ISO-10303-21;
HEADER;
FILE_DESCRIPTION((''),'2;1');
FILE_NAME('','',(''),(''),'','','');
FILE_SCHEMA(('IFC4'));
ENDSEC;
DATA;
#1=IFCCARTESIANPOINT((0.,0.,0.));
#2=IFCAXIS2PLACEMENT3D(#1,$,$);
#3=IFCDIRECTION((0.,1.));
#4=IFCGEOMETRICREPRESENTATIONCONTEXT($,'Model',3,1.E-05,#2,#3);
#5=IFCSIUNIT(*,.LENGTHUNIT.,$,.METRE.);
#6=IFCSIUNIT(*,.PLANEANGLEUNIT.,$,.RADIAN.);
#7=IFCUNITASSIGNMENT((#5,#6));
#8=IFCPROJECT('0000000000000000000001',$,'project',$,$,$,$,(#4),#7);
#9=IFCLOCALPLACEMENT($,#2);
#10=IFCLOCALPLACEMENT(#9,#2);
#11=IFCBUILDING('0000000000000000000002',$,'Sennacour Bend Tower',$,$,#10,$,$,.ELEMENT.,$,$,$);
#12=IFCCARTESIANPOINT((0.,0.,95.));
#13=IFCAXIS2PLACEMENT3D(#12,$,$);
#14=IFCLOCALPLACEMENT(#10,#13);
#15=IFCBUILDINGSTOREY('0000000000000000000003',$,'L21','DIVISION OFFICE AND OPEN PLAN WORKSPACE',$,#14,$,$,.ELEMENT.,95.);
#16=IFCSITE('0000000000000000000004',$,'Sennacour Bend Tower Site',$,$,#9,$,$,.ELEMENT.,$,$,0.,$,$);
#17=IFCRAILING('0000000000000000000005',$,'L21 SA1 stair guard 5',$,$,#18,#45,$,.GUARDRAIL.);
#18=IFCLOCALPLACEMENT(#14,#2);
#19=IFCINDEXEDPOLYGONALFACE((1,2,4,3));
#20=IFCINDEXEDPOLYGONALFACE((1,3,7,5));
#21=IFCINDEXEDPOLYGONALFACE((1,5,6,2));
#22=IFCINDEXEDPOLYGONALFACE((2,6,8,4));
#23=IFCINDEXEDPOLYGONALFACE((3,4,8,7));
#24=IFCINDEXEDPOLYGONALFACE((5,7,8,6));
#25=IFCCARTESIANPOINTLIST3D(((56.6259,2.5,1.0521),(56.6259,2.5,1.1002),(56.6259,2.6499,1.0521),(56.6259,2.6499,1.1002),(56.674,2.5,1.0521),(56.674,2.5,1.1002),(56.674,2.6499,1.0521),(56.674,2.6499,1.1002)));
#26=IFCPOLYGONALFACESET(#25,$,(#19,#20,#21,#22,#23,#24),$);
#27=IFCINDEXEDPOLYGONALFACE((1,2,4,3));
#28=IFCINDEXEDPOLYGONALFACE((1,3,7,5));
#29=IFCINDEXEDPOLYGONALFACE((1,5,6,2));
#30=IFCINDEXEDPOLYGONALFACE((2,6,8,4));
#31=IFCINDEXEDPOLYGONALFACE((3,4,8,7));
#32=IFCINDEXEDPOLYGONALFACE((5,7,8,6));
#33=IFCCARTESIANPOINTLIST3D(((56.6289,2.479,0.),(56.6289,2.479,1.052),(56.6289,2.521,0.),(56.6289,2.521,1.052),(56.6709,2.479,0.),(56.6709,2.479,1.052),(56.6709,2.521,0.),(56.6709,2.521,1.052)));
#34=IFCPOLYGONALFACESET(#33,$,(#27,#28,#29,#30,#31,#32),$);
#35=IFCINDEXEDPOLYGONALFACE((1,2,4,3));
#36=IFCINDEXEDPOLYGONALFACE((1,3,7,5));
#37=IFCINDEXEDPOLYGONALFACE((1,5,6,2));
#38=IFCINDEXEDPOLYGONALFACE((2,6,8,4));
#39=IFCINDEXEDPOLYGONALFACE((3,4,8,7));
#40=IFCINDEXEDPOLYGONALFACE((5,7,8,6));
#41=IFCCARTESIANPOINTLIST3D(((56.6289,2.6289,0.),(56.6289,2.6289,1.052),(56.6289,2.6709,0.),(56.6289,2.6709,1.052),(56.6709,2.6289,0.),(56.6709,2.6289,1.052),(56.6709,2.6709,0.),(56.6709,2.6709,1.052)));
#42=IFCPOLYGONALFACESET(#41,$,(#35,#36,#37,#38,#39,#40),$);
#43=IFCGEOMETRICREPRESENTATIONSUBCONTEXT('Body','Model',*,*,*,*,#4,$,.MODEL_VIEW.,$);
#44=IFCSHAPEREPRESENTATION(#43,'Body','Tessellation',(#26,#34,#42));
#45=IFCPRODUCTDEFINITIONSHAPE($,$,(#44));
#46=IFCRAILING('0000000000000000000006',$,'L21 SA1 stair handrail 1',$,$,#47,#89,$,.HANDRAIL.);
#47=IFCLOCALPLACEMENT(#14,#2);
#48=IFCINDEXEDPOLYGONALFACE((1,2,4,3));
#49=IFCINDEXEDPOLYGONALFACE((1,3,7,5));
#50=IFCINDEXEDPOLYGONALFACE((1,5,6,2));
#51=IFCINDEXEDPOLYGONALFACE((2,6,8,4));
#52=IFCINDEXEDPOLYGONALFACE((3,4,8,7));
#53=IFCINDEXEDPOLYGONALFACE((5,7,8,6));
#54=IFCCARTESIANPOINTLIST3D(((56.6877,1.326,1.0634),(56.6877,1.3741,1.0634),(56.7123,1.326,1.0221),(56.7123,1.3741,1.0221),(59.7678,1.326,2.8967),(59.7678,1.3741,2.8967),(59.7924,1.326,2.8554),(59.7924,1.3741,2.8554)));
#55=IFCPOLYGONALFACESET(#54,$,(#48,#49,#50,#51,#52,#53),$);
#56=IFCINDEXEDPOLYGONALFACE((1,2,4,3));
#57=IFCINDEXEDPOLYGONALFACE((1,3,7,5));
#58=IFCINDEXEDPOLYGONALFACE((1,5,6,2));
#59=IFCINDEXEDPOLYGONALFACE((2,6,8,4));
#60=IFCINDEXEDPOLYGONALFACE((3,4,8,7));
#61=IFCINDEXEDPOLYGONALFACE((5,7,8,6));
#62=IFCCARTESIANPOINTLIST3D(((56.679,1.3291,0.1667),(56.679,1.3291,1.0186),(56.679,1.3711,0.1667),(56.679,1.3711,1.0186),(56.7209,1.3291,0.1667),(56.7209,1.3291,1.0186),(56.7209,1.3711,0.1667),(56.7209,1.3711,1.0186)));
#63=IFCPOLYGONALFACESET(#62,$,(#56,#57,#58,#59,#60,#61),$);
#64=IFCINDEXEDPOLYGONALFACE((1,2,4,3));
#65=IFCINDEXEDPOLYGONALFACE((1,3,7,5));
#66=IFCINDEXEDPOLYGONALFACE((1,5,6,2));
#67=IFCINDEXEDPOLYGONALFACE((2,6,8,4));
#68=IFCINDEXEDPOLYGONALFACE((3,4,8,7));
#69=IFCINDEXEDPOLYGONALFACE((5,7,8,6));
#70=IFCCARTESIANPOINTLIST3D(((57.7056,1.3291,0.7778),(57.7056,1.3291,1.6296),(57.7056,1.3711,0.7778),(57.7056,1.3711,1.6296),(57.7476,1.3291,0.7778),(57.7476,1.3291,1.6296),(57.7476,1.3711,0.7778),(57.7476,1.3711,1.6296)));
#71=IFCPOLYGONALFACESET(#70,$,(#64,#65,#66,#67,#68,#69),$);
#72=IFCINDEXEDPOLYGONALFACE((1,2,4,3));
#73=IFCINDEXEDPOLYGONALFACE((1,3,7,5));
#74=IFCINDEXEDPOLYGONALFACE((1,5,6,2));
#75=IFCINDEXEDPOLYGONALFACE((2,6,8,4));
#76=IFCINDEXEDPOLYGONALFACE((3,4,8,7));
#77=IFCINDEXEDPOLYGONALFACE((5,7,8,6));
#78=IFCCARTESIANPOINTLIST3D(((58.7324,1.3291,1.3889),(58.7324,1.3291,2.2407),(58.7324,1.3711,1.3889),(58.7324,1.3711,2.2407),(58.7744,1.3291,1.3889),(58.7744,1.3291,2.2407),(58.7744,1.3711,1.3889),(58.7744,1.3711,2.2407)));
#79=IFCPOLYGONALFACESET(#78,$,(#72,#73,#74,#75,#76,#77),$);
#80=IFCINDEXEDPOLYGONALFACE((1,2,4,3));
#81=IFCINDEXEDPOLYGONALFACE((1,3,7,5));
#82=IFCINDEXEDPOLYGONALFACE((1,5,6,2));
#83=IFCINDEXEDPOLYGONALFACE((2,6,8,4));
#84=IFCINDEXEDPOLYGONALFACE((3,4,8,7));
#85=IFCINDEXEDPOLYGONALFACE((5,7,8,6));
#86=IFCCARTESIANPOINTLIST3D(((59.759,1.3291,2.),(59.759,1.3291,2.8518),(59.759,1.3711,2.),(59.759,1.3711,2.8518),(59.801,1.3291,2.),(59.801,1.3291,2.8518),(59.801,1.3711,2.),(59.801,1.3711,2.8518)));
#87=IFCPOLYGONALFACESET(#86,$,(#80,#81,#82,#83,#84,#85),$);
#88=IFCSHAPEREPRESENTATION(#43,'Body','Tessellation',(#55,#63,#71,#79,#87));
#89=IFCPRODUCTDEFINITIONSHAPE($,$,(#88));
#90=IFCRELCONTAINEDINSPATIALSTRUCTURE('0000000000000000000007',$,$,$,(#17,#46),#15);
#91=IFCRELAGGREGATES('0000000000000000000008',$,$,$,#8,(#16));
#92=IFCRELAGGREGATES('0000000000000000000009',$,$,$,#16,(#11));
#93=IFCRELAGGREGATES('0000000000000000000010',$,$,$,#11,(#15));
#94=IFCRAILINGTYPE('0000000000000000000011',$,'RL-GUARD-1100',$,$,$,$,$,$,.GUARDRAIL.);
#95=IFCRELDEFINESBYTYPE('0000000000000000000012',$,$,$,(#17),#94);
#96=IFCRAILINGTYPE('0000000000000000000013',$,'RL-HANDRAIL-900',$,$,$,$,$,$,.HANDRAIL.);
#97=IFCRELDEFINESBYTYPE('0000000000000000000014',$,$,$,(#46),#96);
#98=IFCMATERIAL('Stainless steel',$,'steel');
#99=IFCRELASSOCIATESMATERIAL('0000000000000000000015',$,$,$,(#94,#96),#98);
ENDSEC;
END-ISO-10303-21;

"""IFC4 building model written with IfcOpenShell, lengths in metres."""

from ifc_helpers import new_model, si_unit, direction, frame, origin, origin_2d, place, context, subcontext, project, spatial, rectangle, extrude, material, type_object, element, save


model = new_model("IFC4")

# Units and contexts
model_context = context("Model", 3, precision=1e-05, world=origin(), true_north=direction((0.0, 1.0)))
body_context = subcontext(model_context, "Body", "Model", "MODEL_VIEW")
ifc_project = project(units=[si_unit("LENGTHUNIT", "METRE"), si_unit("PLANEANGLEUNIT", "RADIAN")], contexts=[model_context])

# Site, building, storey
site_placement = place(None, origin())
site = spatial("IfcSite", under=ifc_project, at=site_placement, Name="Sennacour Bend Tower Site", CompositionType="ELEMENT", RefElevation=0.0)
building_placement = place(site_placement, origin())
building = spatial("IfcBuilding", under=site, at=building_placement, Name="Sennacour Bend Tower", CompositionType="ELEMENT")
storey_placement = place(building_placement, frame((0.0, 0.0, 95.0)))
storey = spatial("IfcBuildingStorey", under=building, at=storey_placement, Name="L21", Description="DIVISION OFFICE AND OPEN PLAN WORKSPACE", CompositionType="ELEMENT", Elevation=95.0)

# Shared definitions
ifc_material_1 = material(Name="Stainless steel", Category="steel")

# Railings
railing_type_1 = type_object("IfcRailingType", Name="RL-GUARD-1100", PredefinedType="GUARDRAIL", material=ifc_material_1)
railing_1_placement = place(storey_placement, frame((56.6499, 2.5, 0.0)))
element("IfcRailing", 1, at=railing_1_placement, inside=storey, type_object=railing_type_1, Name="L21 SA1 stair guard 5", PredefinedType="GUARDRAIL", context=body_context, shape_type="SweptSolid", body=[
    extrude(rectangle(XDim=0.0481, YDim=0.0481, at=origin_2d()), frame((0.0, 0.0, 1.0762), z_axis=(0.0, 1.0, 0.0), x_axis=(-1.0, 0.0, 0.0)), (0.0, 0.0, 1.0), 0.1499),
    extrude(rectangle(XDim=0.042, YDim=0.042, at=origin_2d()), origin(), (0.0, 0.0, 1.0), 1.052),
    extrude(rectangle(XDim=0.042, YDim=0.042, at=origin_2d()), frame((0.0, 0.1499, 0.0)), (0.0, 0.0, 1.0), 1.052),
])
railing_type_2 = type_object("IfcRailingType", Name="RL-HANDRAIL-900", PredefinedType="HANDRAIL", material=ifc_material_1)
railing_2_placement = place(storey_placement, frame((56.7, 1.3501, 0.1667)))
element("IfcRailing", 2, at=railing_2_placement, inside=storey, type_object=railing_type_2, Name="L21 SA1 stair handrail 1", PredefinedType="HANDRAIL", context=body_context, shape_type="SweptSolid", body=[
    extrude(rectangle(XDim=0.0481, YDim=0.0481, at=origin_2d()), frame((0.0, 0.0, 0.876), z_axis=(0.859309, 0.0, 0.511458), x_axis=(0.0, 1.0, 0.0)), (0.0, 0.0, 1.0), 3.5845),
    extrude(rectangle(XDim=0.042, YDim=0.042, at=origin_2d()), origin(), (0.0, 0.0, 1.0), 0.8518),
    extrude(rectangle(XDim=0.042, YDim=0.042, at=origin_2d()), frame((1.0266, 0.0, 0.6111)), (0.0, 0.0, 1.0), 0.8518),
    extrude(rectangle(XDim=0.042, YDim=0.042, at=origin_2d()), frame((2.0535, 0.0, 1.2222)), (0.0, 0.0, 1.0), 0.8518),
    extrude(rectangle(XDim=0.042, YDim=0.042, at=origin_2d()), frame((3.0801, 0.0, 1.8333)), (0.0, 0.0, 1.0), 0.8518),
])

save(model, "model.ifc")
